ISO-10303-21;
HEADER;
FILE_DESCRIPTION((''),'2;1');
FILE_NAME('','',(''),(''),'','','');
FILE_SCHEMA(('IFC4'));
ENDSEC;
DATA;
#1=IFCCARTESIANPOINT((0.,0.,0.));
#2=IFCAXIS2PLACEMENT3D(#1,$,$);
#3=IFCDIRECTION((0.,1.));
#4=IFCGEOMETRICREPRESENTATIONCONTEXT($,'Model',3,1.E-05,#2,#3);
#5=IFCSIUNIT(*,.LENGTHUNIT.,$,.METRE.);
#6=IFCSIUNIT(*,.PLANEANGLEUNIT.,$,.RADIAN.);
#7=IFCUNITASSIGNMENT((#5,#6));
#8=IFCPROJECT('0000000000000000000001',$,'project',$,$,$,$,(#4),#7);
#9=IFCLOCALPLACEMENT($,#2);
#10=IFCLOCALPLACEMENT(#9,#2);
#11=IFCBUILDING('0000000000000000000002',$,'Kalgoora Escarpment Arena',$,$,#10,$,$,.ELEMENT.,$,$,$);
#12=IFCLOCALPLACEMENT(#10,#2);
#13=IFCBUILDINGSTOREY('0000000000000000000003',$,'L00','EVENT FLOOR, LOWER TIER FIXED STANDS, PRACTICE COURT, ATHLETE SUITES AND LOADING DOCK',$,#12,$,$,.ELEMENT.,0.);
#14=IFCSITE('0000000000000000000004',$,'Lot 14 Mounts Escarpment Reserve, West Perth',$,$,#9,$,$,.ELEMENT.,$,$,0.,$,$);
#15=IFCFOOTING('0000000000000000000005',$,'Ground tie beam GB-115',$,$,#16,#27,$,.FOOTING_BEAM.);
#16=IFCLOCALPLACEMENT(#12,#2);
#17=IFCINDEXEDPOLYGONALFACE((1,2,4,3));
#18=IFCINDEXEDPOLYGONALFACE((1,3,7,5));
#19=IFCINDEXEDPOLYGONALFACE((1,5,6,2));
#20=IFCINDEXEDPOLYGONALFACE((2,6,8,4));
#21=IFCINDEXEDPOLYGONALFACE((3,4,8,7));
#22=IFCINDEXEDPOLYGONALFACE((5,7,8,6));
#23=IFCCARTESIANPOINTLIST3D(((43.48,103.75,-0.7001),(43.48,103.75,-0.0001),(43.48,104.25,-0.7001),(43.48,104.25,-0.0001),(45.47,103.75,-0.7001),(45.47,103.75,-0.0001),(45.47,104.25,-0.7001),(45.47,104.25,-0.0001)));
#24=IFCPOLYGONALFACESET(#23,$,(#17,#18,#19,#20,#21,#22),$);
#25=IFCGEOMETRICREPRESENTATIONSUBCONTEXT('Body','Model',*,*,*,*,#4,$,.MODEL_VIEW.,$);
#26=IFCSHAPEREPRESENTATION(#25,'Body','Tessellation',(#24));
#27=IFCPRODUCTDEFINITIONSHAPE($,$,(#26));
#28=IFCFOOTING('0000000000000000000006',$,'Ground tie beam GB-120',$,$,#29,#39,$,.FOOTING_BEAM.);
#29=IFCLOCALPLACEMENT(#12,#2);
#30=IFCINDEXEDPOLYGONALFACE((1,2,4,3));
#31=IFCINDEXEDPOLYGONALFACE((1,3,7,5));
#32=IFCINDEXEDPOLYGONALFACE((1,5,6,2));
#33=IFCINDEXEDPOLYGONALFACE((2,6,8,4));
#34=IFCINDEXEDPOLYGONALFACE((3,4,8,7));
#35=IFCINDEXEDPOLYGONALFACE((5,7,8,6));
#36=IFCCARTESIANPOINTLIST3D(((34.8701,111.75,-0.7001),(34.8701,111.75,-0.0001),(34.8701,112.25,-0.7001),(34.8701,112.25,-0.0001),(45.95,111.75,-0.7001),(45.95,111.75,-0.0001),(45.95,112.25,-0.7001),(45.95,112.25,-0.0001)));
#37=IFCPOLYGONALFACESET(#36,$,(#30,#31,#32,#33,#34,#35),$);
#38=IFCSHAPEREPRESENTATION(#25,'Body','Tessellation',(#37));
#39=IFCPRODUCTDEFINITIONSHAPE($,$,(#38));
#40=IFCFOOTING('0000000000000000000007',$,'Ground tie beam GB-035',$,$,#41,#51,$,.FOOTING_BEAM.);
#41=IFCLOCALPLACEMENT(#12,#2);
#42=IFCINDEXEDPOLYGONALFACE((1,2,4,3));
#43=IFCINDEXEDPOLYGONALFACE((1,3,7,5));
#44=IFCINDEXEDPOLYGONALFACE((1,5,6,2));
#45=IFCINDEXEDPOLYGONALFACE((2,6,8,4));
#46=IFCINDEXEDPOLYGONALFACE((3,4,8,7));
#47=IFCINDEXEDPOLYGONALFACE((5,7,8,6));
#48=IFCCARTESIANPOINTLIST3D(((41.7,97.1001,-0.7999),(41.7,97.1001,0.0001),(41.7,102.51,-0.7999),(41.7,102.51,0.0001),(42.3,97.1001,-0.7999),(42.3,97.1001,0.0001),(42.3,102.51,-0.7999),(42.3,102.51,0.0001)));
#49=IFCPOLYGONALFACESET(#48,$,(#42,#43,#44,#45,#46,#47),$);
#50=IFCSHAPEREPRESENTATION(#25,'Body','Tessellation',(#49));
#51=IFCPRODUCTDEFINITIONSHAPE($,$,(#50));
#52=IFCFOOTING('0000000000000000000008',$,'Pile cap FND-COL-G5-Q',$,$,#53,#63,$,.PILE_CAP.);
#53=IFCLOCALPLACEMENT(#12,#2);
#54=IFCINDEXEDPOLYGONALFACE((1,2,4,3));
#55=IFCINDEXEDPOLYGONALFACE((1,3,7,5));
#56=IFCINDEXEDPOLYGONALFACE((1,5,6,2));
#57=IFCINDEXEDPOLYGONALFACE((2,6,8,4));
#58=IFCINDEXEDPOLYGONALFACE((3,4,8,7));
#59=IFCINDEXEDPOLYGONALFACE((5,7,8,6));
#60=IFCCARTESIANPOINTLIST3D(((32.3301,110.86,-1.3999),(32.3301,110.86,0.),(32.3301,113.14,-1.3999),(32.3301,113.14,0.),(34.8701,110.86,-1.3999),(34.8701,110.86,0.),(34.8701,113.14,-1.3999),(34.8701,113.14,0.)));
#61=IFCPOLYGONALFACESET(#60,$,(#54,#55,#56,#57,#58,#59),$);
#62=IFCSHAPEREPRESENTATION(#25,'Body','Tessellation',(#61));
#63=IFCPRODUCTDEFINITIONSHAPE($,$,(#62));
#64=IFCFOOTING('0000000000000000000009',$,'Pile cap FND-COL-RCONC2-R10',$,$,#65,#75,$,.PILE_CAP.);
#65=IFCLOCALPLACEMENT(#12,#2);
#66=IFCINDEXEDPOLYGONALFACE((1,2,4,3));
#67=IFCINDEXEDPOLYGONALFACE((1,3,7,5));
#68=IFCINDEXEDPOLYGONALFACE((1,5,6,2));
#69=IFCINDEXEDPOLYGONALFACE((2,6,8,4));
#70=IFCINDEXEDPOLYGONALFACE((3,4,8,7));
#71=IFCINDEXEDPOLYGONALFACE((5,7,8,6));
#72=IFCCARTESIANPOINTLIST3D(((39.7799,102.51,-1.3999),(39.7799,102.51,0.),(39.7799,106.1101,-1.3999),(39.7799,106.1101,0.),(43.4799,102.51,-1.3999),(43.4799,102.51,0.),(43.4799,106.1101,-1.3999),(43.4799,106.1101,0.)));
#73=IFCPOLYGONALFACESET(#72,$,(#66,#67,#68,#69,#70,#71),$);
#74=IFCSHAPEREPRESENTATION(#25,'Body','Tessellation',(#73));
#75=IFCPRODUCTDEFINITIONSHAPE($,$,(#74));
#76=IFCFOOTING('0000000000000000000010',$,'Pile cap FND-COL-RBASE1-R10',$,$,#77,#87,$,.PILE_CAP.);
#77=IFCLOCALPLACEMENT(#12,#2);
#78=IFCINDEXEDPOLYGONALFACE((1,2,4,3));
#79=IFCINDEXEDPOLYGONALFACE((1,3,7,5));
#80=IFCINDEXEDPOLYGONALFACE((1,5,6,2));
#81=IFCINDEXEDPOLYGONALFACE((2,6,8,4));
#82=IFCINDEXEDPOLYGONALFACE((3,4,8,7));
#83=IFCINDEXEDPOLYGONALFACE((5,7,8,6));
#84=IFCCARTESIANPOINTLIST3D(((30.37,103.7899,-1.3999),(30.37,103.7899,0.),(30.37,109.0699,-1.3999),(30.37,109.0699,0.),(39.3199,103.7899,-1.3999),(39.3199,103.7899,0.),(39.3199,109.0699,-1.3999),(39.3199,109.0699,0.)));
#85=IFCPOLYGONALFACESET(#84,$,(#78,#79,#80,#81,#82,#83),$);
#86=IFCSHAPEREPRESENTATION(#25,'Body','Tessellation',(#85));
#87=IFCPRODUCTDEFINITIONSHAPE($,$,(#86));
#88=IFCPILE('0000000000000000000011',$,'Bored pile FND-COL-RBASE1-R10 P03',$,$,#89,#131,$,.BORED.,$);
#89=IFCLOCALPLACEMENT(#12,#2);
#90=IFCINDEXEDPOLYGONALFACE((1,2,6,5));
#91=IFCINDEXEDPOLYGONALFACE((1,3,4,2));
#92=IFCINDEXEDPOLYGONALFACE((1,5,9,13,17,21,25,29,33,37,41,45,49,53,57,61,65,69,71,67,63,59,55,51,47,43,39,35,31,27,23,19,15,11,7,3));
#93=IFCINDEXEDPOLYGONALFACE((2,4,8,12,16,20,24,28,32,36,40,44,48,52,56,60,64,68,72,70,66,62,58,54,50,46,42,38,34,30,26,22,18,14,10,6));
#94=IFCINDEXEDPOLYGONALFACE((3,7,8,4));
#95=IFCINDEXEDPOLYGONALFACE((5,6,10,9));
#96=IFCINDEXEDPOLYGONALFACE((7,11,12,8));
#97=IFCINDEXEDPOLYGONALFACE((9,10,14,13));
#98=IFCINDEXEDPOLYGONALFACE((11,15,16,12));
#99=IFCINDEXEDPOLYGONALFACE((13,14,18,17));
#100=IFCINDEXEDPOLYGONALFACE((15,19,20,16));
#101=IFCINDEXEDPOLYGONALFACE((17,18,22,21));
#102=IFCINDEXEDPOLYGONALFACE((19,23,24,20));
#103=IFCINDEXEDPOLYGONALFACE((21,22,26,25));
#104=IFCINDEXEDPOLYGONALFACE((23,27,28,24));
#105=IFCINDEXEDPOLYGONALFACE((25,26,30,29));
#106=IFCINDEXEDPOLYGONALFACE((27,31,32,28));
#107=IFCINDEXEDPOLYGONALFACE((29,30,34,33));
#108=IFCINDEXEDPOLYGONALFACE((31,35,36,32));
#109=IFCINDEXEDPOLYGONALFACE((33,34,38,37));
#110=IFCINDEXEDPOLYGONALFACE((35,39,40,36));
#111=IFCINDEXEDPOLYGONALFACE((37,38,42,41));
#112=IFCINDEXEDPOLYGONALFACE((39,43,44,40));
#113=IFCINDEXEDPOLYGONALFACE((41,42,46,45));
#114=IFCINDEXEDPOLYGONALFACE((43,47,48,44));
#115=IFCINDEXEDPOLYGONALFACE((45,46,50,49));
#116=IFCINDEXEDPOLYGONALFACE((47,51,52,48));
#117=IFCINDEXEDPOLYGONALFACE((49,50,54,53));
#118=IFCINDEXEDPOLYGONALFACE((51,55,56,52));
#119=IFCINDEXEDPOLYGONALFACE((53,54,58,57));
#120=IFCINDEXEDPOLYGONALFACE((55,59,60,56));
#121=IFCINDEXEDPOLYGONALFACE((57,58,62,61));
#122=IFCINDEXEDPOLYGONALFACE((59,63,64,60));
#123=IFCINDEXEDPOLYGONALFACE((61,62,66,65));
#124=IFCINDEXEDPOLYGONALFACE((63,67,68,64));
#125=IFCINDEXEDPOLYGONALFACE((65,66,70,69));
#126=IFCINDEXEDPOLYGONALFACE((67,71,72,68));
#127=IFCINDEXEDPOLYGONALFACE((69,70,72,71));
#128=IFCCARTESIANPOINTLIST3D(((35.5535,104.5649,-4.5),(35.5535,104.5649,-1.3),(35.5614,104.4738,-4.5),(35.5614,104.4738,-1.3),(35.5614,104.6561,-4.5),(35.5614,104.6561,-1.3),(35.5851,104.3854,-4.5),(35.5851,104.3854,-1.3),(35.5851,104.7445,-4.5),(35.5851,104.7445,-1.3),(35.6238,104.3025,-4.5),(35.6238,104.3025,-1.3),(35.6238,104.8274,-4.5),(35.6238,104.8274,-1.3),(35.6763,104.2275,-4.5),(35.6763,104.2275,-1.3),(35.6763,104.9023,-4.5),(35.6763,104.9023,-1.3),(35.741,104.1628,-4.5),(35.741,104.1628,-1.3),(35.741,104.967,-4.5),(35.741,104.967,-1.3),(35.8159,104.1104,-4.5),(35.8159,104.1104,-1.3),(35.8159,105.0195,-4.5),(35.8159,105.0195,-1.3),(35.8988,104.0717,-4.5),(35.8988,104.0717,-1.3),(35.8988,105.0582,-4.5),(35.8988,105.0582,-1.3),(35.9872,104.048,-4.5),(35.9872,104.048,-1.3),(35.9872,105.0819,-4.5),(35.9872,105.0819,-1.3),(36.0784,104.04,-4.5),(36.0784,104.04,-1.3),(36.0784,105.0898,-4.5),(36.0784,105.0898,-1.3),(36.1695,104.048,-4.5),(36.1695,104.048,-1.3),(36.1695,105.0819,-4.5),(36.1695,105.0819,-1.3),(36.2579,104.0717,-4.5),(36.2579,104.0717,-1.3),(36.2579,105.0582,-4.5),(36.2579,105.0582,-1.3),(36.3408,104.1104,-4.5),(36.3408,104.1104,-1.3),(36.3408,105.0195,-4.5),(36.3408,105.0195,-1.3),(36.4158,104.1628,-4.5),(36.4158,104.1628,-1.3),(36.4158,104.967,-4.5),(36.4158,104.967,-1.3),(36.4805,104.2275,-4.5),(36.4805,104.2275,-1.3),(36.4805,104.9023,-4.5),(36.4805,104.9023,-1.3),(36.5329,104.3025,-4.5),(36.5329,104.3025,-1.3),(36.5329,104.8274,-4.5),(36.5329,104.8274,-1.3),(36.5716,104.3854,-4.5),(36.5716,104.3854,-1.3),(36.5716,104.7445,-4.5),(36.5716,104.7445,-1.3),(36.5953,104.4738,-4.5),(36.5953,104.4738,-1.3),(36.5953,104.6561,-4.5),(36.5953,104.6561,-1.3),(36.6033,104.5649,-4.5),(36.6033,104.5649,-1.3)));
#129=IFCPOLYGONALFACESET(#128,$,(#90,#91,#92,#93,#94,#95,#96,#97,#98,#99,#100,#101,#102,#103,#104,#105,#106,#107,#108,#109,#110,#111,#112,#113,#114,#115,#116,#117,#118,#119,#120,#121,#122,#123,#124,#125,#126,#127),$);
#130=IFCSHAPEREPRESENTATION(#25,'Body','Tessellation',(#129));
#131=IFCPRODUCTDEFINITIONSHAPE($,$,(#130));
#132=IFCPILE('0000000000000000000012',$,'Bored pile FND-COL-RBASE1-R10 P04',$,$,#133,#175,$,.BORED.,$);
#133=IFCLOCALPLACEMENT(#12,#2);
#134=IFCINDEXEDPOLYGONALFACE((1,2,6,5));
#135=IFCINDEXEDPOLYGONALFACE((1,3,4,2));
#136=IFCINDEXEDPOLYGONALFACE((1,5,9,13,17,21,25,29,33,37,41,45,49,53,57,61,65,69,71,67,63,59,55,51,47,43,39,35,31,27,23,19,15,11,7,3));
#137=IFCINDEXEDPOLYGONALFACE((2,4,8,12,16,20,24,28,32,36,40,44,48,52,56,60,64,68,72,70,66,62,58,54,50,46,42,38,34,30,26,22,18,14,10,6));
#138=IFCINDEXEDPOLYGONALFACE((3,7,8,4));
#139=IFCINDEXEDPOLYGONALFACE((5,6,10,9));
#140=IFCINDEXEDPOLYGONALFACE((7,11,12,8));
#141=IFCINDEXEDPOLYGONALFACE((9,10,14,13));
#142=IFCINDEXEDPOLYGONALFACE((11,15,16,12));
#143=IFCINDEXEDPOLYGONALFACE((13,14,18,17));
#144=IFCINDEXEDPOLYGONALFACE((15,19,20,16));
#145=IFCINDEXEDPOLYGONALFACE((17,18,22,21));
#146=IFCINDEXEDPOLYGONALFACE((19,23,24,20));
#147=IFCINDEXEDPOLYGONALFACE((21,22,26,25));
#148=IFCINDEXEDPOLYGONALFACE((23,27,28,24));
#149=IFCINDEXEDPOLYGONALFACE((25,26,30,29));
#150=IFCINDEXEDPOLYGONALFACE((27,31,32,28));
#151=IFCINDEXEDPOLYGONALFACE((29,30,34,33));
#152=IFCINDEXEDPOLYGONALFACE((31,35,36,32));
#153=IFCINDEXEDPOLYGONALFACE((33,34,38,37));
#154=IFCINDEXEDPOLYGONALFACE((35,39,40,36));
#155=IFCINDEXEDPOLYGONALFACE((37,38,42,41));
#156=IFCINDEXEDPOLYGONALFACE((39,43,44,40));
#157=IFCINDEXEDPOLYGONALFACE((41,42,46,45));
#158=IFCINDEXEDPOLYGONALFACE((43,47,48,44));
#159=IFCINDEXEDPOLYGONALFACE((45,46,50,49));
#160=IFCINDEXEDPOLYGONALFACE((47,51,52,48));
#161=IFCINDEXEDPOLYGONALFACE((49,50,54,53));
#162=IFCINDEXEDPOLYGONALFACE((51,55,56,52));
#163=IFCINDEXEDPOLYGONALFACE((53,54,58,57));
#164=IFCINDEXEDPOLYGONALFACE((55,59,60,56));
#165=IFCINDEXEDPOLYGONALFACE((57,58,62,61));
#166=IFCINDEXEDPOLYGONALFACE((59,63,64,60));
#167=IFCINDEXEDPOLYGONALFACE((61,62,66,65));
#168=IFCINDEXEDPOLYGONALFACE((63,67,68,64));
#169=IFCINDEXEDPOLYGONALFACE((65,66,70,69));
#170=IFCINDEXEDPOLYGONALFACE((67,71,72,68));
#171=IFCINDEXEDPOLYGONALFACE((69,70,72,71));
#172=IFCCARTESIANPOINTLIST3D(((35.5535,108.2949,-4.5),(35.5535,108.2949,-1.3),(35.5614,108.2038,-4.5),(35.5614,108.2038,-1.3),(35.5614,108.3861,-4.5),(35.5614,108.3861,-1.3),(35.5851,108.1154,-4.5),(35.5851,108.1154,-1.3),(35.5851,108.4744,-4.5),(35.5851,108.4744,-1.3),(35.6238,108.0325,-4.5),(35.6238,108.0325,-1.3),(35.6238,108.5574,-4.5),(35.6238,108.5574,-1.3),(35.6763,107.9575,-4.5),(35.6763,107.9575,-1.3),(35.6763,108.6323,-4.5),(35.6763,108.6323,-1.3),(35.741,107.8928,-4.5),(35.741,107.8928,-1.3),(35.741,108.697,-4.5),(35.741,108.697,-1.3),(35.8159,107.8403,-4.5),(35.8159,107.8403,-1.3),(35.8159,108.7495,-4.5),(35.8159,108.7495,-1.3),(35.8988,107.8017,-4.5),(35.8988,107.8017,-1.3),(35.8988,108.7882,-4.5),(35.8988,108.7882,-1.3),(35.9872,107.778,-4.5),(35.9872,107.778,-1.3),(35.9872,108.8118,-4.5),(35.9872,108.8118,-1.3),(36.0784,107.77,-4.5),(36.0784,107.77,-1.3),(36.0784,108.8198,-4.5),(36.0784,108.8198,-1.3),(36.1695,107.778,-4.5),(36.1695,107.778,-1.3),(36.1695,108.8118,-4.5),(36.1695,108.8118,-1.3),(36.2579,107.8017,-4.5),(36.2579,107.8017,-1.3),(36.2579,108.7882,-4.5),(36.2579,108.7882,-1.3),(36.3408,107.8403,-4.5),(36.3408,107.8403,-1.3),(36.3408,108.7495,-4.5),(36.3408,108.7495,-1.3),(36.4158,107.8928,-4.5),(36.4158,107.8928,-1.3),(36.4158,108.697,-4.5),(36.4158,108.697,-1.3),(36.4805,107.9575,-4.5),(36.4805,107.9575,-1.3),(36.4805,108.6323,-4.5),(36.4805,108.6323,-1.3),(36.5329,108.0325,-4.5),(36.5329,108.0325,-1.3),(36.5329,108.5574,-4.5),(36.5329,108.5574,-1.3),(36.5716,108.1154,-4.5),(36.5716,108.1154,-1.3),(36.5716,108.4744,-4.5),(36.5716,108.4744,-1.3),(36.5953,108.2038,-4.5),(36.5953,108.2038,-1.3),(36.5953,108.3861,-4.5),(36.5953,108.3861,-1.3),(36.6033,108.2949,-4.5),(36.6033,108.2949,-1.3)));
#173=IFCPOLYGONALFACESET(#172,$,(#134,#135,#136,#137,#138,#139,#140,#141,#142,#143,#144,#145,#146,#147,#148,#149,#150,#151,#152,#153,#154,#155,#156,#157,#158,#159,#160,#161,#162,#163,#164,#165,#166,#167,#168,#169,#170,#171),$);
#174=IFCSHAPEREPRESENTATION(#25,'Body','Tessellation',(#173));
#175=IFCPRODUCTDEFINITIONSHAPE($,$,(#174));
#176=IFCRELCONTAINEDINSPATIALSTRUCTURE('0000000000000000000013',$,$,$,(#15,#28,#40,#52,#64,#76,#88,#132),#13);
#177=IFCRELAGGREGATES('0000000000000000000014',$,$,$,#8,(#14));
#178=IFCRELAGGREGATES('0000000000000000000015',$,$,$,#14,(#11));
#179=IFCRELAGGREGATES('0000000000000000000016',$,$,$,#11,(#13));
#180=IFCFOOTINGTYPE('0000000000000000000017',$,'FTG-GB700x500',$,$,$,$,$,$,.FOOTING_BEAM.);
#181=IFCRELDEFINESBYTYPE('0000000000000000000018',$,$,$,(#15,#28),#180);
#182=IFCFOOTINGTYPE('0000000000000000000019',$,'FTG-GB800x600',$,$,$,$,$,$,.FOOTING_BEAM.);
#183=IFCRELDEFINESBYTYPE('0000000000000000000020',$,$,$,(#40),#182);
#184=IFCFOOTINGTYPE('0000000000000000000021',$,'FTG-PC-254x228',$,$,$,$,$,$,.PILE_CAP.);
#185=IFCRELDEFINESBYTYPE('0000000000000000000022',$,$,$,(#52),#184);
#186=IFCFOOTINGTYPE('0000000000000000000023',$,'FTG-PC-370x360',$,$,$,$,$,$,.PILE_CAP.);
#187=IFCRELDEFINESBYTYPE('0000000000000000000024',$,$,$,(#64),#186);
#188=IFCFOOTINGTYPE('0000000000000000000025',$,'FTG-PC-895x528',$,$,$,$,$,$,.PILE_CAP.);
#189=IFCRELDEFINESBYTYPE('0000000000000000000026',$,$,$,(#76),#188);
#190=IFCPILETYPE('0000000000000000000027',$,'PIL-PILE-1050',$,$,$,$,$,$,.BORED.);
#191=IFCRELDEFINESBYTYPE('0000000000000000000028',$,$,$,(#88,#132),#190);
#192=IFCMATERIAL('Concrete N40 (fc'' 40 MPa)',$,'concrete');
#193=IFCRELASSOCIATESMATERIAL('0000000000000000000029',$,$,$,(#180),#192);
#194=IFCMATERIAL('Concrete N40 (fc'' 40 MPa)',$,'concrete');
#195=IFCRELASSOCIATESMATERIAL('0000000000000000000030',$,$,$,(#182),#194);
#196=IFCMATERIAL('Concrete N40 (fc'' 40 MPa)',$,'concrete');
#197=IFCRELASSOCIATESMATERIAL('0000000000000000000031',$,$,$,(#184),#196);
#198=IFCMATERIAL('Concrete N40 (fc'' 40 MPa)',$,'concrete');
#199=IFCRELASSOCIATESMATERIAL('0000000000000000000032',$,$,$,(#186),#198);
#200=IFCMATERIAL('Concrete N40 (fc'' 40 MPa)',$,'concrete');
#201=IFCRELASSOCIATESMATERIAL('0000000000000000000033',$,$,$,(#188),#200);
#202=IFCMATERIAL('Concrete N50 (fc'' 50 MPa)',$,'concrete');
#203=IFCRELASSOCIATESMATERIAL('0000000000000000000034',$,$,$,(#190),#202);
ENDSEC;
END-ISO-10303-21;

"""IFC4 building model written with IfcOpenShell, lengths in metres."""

from ifc_helpers import new_model, si_unit, direction, frame, origin, origin_2d, place, context, subcontext, project, spatial, rectangle, circle, extrude, material, material_profile, profile_set, type_object, element, save


model = new_model("IFC4")

# Units and contexts
model_context = context("Model", 3, precision=1e-05, world=origin(), true_north=direction((0.0, 1.0)))
body_context = subcontext(model_context, "Body", "Model", "MODEL_VIEW")
ifc_project = project(units=[si_unit("LENGTHUNIT", "METRE"), si_unit("PLANEANGLEUNIT", "RADIAN")], contexts=[model_context])

# Site, building, storey
site_placement = place(None, origin())
site = spatial("IfcSite", under=ifc_project, at=site_placement, Name="Lot 14 Mounts Escarpment Reserve, West Perth", CompositionType="ELEMENT", RefElevation=0.0)
building_placement = place(site_placement, origin())
building = spatial("IfcBuilding", under=site, at=building_placement, Name="Kalgoora Escarpment Arena", CompositionType="ELEMENT")
storey_placement = place(building_placement, origin())
storey = spatial("IfcBuildingStorey", under=building, at=storey_placement, Name="L00", Description="EVENT FLOOR, LOWER TIER FIXED STANDS, PRACTICE COURT, ATHLETE SUITES AND LOADING DOCK", CompositionType="ELEMENT", Elevation=0.0)

# Footings
ifc_material_1 = material(Name="Concrete N40 (fc' 40 MPa)", Category="concrete")
ifc_material_profile_1 = material_profile(ifc_material_1, rectangle(XDim=0.5, YDim=0.7, at=origin_2d()))
ifc_profile_set_1 = profile_set([ifc_material_profile_1], Name="Concrete N40 (fc' 40 MPa)")
footing_type_1 = type_object("IfcFootingType", Name="FTG-GB700x500", PredefinedType="FOOTING_BEAM", material=ifc_profile_set_1)
footing_1_placement = place(storey_placement, frame((43.48, 104.0, -0.3501), z_axis=(1.0, 0.0, 0.0), x_axis=(0.0, 1.0, 0.0)))
element("IfcFooting", 1, at=footing_1_placement, inside=storey, type_object=footing_type_1, Name="Ground tie beam GB-115", PredefinedType="FOOTING_BEAM", context=body_context, shape_type="SweptSolid", body=[
    extrude(rectangle(XDim=0.5, YDim=0.7, at=origin_2d()), origin(), (0.0, 0.0, 1.0), 1.99),
])
footing_2_placement = place(storey_placement, frame((34.8701, 112.0, -0.3501), z_axis=(1.0, 0.0, 0.0), x_axis=(0.0, 1.0, 0.0)))
element("IfcFooting", 2, at=footing_2_placement, inside=storey, type_object=footing_type_1, Name="Ground tie beam GB-120", PredefinedType="FOOTING_BEAM", context=body_context, shape_type="SweptSolid", body=[
    extrude(rectangle(XDim=0.5, YDim=0.7, at=origin_2d()), origin(), (0.0, 0.0, 1.0), 11.0798),
])
ifc_material_2 = material(Name="Concrete N40 (fc' 40 MPa)", Category="concrete")
ifc_material_profile_2 = material_profile(ifc_material_2, rectangle(XDim=0.6001, YDim=0.8, at=origin_2d()))
ifc_profile_set_2 = profile_set([ifc_material_profile_2], Name="Concrete N40 (fc' 40 MPa)")
footing_type_2 = type_object("IfcFootingType", Name="FTG-GB800x600", PredefinedType="FOOTING_BEAM", material=ifc_profile_set_2)
footing_3_placement = place(storey_placement, frame((42.0, 97.1001, -0.3999), z_axis=(0.0, 1.0, 0.0), x_axis=(-1.0, 0.0, 0.0)))
element("IfcFooting", 3, at=footing_3_placement, inside=storey, type_object=footing_type_2, Name="Ground tie beam GB-035", PredefinedType="FOOTING_BEAM", context=body_context, shape_type="SweptSolid", body=[
    extrude(rectangle(XDim=0.6001, YDim=0.8, at=origin_2d()), origin(), (0.0, 0.0, 1.0), 5.4099),
])
ifc_material_3 = material(Name="Concrete N40 (fc' 40 MPa)", Category="concrete")
footing_type_3 = type_object("IfcFootingType", Name="FTG-PC-254x228", PredefinedType="PILE_CAP", material=ifc_material_3)
footing_4_placement = place(storey_placement, frame((33.6001, 112.0, -1.3999), z_axis=(0.0, 0.0, 1.0), x_axis=(1.0, 0.0, 0.0)))
element("IfcFooting", 4, at=footing_4_placement, inside=storey, type_object=footing_type_3, Name="Pile cap FND-COL-G5-Q", PredefinedType="PILE_CAP", context=body_context, shape_type="SweptSolid", body=[
    extrude(rectangle(XDim=2.54, YDim=2.28, at=origin_2d()), origin(), (0.0, 0.0, 1.0), 1.3999),
])
ifc_material_4 = material(Name="Concrete N40 (fc' 40 MPa)", Category="concrete")
footing_type_4 = type_object("IfcFootingType", Name="FTG-PC-370x360", PredefinedType="PILE_CAP", material=ifc_material_4)
footing_5_placement = place(storey_placement, frame((41.6299, 104.3101, -1.3999), z_axis=(0.0, 0.0, 1.0), x_axis=(1.0, 0.0, 0.0)))
element("IfcFooting", 5, at=footing_5_placement, inside=storey, type_object=footing_type_4, Name="Pile cap FND-COL-RCONC2-R10", PredefinedType="PILE_CAP", context=body_context, shape_type="SweptSolid", body=[
    extrude(rectangle(XDim=3.7, YDim=3.6001, at=origin_2d()), origin(), (0.0, 0.0, 1.0), 1.3999),
])
ifc_material_5 = material(Name="Concrete N40 (fc' 40 MPa)", Category="concrete")
footing_type_5 = type_object("IfcFootingType", Name="FTG-PC-895x528", PredefinedType="PILE_CAP", material=ifc_material_5)
footing_6_placement = place(storey_placement, frame((34.845, 106.4299, -1.3999), z_axis=(0.0, 0.0, 1.0), x_axis=(1.0, 0.0, 0.0)))
element("IfcFooting", 6, at=footing_6_placement, inside=storey, type_object=footing_type_5, Name="Pile cap FND-COL-RBASE1-R10", PredefinedType="PILE_CAP", context=body_context, shape_type="SweptSolid", body=[
    extrude(rectangle(XDim=8.95, YDim=5.28, at=origin_2d()), origin(), (0.0, 0.0, 1.0), 1.3999),
])

# Piles
ifc_material_6 = material(Name="Concrete N50 (fc' 50 MPa)", Category="concrete")
ifc_material_profile_3 = material_profile(ifc_material_6, circle(Radius=0.5249, at=origin_2d()))
ifc_profile_set_3 = profile_set([ifc_material_profile_3], Name="Concrete N50 (fc' 50 MPa)")
pile_type_1 = type_object("IfcPileType", Name="PIL-PILE-1050", PredefinedType="BORED", material=ifc_profile_set_3)
for number, where, z_axis, x_axis, name in (
    (7, (36.0784, 104.5649, -1.3), (0.0, 0.0, -1.0), (1.0, 0.0, 0.0), "Bored pile FND-COL-RBASE1-R10 P03"),
    (8, (36.0784, 108.2949, -1.3), (0.0, 0.0, -1.0), (1.0, 0.0, 0.0), "Bored pile FND-COL-RBASE1-R10 P04"),
):
    element("IfcPile", number, at=place(storey_placement, frame(where, z_axis=z_axis, x_axis=x_axis)), inside=storey, type_object=pile_type_1, Name=name, PredefinedType="BORED", context=body_context, shape_type="SweptSolid", body=[
        extrude(circle(Radius=0.5249, at=origin_2d()), origin(), (0.0, 0.0, 1.0), 3.2),
    ])

save(model, "model.ifc")
